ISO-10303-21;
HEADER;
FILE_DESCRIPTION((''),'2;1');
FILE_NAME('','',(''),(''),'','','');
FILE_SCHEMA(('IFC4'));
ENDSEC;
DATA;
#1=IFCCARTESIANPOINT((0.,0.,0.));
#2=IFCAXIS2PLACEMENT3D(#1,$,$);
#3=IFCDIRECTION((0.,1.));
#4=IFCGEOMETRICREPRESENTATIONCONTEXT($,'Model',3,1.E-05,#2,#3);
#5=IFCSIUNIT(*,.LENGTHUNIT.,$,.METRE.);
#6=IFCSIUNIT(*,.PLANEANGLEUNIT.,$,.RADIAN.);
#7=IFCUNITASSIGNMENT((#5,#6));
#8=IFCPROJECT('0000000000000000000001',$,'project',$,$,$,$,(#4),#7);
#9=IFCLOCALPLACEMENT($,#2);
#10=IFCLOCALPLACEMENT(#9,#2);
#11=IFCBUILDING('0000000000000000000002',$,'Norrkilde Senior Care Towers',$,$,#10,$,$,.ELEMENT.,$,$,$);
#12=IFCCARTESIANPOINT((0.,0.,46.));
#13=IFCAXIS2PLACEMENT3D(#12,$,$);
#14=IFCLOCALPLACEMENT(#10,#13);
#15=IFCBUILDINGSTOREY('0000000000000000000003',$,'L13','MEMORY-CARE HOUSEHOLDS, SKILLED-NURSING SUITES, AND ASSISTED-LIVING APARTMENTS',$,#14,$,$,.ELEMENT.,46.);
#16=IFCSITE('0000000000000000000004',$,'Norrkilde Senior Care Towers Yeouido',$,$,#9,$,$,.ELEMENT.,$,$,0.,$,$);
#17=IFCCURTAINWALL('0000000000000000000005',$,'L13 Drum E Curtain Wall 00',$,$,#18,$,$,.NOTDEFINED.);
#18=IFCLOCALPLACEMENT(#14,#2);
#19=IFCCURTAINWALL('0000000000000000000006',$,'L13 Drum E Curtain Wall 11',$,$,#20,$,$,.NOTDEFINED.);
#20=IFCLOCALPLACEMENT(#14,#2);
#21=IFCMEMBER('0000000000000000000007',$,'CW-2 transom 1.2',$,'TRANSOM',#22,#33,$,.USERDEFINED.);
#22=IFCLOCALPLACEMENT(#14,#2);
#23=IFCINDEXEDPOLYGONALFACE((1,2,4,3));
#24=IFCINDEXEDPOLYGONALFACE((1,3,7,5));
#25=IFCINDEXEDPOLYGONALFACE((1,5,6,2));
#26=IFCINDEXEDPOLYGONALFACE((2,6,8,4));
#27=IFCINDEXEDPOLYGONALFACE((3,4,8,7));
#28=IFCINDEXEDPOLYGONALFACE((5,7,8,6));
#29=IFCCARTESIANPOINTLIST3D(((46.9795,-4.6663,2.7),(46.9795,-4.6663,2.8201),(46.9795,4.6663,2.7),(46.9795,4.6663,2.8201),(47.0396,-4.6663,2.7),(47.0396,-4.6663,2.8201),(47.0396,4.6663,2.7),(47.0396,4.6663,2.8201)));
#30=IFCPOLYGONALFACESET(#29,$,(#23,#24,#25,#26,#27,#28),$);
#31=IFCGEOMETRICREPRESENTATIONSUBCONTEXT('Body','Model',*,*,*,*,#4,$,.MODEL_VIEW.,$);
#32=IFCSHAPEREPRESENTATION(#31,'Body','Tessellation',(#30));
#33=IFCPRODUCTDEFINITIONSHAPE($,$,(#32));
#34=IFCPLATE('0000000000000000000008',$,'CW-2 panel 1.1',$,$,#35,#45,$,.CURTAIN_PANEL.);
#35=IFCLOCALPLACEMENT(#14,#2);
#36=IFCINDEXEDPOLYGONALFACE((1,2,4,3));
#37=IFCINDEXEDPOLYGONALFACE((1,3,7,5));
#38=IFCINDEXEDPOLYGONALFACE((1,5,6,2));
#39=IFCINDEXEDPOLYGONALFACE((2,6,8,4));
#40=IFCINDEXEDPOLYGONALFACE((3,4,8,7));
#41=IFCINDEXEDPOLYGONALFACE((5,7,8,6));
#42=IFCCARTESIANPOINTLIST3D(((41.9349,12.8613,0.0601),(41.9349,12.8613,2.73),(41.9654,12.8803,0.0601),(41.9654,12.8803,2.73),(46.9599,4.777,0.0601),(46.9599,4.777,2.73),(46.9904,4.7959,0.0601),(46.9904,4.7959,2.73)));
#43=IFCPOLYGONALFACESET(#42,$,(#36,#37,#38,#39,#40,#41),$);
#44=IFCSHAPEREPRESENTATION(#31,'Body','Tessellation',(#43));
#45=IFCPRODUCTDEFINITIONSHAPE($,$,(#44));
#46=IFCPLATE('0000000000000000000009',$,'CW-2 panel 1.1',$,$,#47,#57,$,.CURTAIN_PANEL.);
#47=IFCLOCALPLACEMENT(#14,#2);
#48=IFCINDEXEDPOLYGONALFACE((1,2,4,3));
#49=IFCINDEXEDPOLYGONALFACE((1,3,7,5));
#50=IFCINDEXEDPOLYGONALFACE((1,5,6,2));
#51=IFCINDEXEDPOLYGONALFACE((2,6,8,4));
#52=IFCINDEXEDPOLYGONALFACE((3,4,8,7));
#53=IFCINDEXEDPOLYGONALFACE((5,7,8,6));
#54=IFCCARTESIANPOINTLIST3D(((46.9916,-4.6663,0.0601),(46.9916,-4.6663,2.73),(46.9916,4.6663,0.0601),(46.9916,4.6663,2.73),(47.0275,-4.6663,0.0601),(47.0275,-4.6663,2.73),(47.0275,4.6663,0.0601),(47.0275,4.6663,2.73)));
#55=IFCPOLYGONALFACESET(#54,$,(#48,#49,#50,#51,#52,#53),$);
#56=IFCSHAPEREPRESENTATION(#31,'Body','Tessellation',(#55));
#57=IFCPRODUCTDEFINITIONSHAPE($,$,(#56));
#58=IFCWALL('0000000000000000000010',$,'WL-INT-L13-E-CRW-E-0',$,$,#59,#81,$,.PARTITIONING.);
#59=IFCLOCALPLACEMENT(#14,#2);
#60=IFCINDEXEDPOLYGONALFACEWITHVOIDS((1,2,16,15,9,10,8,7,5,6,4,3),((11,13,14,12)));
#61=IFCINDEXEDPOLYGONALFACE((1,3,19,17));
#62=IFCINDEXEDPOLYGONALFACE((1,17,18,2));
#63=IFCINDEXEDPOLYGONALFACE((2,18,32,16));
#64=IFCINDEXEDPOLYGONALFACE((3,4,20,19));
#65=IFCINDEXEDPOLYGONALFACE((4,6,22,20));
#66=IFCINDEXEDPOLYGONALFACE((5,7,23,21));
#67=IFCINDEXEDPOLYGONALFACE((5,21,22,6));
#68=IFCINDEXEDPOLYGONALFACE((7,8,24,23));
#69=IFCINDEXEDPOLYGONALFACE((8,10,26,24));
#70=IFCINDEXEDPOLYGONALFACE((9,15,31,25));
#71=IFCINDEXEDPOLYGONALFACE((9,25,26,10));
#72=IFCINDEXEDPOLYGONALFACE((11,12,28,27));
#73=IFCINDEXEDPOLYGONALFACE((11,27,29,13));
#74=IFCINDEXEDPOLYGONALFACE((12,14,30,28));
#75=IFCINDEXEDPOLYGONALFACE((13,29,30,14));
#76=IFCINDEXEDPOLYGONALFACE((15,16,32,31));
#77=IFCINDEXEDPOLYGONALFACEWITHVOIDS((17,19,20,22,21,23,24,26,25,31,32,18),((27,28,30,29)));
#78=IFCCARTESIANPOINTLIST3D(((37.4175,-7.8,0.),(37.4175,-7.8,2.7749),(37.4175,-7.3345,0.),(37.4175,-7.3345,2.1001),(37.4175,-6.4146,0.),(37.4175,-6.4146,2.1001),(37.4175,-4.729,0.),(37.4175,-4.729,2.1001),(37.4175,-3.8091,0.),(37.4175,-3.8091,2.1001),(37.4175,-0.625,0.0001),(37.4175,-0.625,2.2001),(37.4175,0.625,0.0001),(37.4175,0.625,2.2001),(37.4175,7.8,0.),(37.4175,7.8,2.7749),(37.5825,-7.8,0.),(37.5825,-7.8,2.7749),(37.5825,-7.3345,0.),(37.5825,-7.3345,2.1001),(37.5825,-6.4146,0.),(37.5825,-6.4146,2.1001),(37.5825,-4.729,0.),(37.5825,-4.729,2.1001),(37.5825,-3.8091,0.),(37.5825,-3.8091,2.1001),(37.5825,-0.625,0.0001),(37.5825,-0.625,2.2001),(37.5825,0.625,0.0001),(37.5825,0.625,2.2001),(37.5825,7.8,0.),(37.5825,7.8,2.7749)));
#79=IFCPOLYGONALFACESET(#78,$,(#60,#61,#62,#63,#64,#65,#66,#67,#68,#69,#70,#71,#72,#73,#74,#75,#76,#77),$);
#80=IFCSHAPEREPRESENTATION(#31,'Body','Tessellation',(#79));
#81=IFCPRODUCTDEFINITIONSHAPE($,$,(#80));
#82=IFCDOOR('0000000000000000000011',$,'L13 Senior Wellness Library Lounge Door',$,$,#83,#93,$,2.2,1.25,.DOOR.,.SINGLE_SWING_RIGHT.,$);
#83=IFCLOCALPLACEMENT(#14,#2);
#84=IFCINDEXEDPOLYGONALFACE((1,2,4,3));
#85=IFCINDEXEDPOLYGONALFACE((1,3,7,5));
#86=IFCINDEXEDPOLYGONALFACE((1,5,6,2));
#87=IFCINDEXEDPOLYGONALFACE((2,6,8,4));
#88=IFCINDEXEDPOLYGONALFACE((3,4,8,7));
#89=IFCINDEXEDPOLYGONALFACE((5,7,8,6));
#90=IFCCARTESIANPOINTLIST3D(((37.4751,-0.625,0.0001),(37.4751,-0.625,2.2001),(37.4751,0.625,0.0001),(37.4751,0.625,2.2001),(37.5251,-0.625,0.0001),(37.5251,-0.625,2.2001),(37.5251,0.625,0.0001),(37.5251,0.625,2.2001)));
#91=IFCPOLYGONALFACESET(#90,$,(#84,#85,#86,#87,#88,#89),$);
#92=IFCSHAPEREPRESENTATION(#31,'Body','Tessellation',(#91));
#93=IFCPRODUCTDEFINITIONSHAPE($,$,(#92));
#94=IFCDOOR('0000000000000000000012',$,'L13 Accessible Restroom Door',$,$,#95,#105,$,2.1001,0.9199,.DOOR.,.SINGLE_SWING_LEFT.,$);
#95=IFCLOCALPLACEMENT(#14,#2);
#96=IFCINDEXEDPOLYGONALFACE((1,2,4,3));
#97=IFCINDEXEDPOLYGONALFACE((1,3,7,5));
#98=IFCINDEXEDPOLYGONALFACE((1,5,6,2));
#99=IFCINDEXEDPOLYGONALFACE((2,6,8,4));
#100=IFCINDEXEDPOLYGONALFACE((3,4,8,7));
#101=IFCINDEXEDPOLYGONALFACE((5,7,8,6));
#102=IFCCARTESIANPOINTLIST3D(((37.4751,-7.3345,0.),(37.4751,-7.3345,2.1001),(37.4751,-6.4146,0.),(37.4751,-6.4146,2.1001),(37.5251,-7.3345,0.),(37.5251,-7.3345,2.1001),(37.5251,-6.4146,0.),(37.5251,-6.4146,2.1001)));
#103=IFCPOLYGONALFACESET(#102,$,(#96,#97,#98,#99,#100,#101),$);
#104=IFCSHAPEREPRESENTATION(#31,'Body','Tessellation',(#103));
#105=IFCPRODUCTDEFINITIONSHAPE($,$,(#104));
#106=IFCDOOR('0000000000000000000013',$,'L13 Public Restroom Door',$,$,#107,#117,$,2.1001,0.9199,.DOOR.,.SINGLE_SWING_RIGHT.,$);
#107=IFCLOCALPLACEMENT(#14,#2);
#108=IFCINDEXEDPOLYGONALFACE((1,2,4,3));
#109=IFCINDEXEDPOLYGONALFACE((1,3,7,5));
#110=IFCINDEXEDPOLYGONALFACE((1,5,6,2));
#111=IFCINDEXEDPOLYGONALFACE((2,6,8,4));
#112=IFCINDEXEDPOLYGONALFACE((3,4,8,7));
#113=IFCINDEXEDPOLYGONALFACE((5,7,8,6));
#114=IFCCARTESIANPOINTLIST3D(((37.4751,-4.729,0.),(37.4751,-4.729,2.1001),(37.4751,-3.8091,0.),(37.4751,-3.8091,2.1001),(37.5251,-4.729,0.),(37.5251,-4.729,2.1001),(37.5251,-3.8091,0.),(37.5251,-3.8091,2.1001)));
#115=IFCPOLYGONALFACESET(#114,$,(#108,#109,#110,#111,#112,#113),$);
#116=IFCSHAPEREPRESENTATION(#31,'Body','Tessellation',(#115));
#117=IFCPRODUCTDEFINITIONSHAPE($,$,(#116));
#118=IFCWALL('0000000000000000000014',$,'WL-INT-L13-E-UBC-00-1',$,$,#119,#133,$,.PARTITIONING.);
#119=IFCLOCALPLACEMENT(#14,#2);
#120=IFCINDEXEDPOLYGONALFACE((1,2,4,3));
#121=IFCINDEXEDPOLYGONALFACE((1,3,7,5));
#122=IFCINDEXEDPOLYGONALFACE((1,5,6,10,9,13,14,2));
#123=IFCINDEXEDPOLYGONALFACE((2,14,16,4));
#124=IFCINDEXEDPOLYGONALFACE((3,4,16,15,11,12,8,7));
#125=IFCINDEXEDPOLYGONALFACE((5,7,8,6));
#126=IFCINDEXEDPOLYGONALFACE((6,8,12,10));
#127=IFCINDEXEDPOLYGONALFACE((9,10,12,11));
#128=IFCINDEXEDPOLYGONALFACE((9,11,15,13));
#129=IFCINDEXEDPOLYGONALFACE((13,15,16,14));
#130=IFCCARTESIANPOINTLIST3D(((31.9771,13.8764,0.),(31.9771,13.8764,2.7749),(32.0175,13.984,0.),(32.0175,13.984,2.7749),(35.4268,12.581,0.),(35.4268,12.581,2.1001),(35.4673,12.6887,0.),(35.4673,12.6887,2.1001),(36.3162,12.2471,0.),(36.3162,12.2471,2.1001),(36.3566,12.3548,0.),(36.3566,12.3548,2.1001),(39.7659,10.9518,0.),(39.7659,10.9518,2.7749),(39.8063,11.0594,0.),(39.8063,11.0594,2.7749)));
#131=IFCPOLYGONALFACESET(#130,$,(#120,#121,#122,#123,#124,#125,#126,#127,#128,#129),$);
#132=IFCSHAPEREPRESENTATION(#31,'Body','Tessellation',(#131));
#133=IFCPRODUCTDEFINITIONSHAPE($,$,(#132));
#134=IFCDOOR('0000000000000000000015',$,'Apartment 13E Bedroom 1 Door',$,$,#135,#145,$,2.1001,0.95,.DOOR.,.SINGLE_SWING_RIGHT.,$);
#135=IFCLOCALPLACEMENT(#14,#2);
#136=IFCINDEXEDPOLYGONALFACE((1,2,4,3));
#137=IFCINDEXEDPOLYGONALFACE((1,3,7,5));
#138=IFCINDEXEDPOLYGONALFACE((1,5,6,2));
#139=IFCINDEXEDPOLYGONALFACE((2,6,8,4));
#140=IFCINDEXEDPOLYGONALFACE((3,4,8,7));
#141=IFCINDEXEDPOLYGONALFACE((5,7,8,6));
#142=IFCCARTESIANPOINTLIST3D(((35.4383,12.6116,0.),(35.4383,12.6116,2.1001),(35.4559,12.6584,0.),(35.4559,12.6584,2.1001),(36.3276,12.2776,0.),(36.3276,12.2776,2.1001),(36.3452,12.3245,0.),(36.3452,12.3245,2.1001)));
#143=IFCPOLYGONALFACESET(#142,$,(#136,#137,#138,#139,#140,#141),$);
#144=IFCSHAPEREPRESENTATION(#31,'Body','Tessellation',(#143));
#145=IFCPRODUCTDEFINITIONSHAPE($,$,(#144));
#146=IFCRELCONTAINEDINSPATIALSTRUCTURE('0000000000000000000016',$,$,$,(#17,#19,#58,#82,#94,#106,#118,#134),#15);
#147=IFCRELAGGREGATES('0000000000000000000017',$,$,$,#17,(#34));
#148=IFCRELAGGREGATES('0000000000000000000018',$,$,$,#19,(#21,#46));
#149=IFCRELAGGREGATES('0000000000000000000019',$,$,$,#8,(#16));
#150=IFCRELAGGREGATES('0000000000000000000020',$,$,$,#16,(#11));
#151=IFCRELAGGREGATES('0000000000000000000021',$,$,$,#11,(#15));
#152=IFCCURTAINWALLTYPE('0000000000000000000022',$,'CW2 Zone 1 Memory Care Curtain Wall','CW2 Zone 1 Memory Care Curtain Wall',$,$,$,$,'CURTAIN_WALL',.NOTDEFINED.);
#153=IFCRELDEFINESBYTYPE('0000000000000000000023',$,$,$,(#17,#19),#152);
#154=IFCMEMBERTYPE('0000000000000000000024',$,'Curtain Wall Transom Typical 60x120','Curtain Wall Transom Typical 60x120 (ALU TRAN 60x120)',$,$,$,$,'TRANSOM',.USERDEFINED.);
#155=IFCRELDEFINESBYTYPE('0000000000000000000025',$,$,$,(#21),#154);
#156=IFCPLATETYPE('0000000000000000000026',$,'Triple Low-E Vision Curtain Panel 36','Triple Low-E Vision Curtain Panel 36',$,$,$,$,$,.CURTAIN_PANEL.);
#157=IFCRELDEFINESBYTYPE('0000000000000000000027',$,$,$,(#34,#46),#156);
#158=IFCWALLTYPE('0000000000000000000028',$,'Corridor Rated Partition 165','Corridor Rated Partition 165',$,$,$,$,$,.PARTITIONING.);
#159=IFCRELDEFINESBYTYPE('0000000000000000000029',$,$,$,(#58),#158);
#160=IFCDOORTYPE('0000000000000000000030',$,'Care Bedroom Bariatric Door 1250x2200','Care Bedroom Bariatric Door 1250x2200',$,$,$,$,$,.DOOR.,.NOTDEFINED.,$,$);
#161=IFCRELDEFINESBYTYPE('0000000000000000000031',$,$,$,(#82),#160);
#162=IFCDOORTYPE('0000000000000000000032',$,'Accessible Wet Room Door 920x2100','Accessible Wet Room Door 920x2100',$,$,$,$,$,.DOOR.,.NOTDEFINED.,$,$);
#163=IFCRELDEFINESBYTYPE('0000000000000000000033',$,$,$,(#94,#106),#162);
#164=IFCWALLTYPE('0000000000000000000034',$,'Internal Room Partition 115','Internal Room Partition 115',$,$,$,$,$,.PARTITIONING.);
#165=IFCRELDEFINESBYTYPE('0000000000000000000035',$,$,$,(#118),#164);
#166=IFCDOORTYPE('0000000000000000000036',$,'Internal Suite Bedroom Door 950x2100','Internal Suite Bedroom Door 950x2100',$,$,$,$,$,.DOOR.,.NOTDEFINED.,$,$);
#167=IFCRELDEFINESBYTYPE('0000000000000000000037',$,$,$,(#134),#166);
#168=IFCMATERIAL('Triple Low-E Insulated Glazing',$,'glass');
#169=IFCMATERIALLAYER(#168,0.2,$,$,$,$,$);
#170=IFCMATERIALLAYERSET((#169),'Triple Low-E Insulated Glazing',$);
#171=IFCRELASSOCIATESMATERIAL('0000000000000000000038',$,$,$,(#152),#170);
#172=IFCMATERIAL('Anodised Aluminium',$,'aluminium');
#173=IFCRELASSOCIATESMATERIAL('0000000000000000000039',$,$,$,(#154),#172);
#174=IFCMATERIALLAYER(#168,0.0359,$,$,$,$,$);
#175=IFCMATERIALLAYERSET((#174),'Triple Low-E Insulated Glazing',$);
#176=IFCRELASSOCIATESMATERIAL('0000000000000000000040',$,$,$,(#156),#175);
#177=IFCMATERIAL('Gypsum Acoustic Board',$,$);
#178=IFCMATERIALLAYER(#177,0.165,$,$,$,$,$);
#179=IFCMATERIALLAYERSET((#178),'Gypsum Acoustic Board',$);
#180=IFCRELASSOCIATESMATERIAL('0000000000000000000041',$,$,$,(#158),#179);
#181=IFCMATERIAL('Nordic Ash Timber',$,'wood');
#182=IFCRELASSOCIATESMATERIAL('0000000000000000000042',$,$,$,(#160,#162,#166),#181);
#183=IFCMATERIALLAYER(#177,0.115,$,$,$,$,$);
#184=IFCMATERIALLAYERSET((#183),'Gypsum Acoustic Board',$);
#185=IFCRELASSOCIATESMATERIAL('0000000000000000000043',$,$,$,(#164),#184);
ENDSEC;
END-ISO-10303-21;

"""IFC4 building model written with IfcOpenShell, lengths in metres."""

from ifc_helpers import new_model, si_unit, direction, frame, frame_2d, origin, origin_2d, place, context, subcontext, project, spatial, rectangle, extrude, source, transform, mapped, material, layer, layer_set, material_profile, profile_set, type_object, type_shapes, element, fill, aggregate, save


model = new_model("IFC4")

# Units and contexts
model_context = context("Model", 3, precision=1e-05, world=origin(), true_north=direction((0.0, 1.0)))
body_context = subcontext(model_context, "Body", "Model", "MODEL_VIEW")
ifc_project = project(units=[si_unit("LENGTHUNIT", "METRE"), si_unit("PLANEANGLEUNIT", "RADIAN")], contexts=[model_context])

# Site, building, storey
site_placement = place(None, origin())
site = spatial("IfcSite", under=ifc_project, at=site_placement, Name="Norrkilde Senior Care Towers Yeouido", CompositionType="ELEMENT", RefElevation=0.0)
building_placement = place(site_placement, origin())
building = spatial("IfcBuilding", under=site, at=building_placement, Name="Norrkilde Senior Care Towers", CompositionType="ELEMENT")
storey_placement = place(building_placement, frame((0.0, 0.0, 46.0)))
storey = spatial("IfcBuildingStorey", under=building, at=storey_placement, Name="L13", Description="MEMORY-CARE HOUSEHOLDS, SKILLED-NURSING SUITES, AND ASSISTED-LIVING APARTMENTS", CompositionType="ELEMENT", Elevation=46.0)

# Curtain wall
ifc_material_1 = material(Name="Triple Low-E Insulated Glazing", Category="glass")
ifc_layer_1 = layer(ifc_material_1, 0.2)
ifc_layer_set_1 = layer_set([ifc_layer_1], Name="Triple Low-E Insulated Glazing")
curtain_wall_type = type_object("IfcCurtainWallType", Name="CW2 Zone 1 Memory Care Curtain Wall", Description="CW2 Zone 1 Memory Care Curtain Wall", ElementType="CURTAIN_WALL", PredefinedType="NOTDEFINED", material=ifc_layer_set_1)
curtain_wall_1_placement = place(storey_placement, origin())
curtain_wall_1 = element("IfcCurtainWall", 1, at=curtain_wall_1_placement, inside=storey, type_object=curtain_wall_type, Name="L13 Drum E Curtain Wall 00", PredefinedType="NOTDEFINED")
ifc_material_2 = material(Name="Anodised Aluminium", Category="aluminium")

# Curtain wall
curtain_wall_2_placement = place(storey_placement, origin())
curtain_wall_2 = element("IfcCurtainWall", 2, at=curtain_wall_2_placement, inside=storey, type_object=curtain_wall_type, Name="L13 Drum E Curtain Wall 11", PredefinedType="NOTDEFINED")

# Member
ifc_material_profile_1 = material_profile(ifc_material_2, rectangle(XDim=0.0601, YDim=0.1201, at=origin_2d()), Name="ALU TRAN 60x120")
ifc_profile_set_1 = profile_set([ifc_material_profile_1], Name="Anodised Aluminium")
member_type_1 = type_object("IfcMemberType", Name="Curtain Wall Transom Typical 60x120", Description="Curtain Wall Transom Typical 60x120 (ALU TRAN 60x120)", ElementType="TRANSOM", PredefinedType="USERDEFINED", material=ifc_profile_set_1)
shared_shape_1 = source(origin(), body_context, "Body", "SweptSolid", [
    extrude(rectangle(XDim=0.0601, YDim=0.1201, at=origin_2d()), origin(), (0.0, 0.0, 1.0), 9.3325),
])
member_1_placement = place(storey_placement, frame((47.0095, 4.6663, 2.76), z_axis=(0.0, -1.0, 0.0), x_axis=(1.0, 0.0, 0.0)))
member_1 = element("IfcMember", 3, at=member_1_placement, type_object=member_type_1, Name="CW-2 transom 1.2", ObjectType="TRANSOM", PredefinedType="USERDEFINED", context=body_context, shape_type="MappedRepresentation", body=[
    mapped(shared_shape_1, transform((0.0, 0.0, 0.0), x_axis=(1.0, 0.0, 0.0), y_axis=(0.0, 1.0, 0.0), z_axis=(0.0, 0.0, 1.0), scale=1.0)),
])

# Plates
ifc_layer_2 = layer(ifc_material_1, 0.0359)
ifc_layer_set_2 = layer_set([ifc_layer_2], Name="Triple Low-E Insulated Glazing")
plate_type = type_object("IfcPlateType", Name="Triple Low-E Vision Curtain Panel 36", Description="Triple Low-E Vision Curtain Panel 36", PredefinedType="CURTAIN_PANEL", material=ifc_layer_set_2)
shared_shape_2 = source(origin(), body_context, "Body", "SweptSolid", [
    extrude(rectangle(XDim=9.5188, YDim=0.0359, at=origin_2d()), origin(), (0.0, 0.0, 1.0), 2.6699),
])
plate_1_placement = place(storey_placement, frame((44.4626, 8.8286, 0.0601), z_axis=(0.0, 0.0, 1.0), x_axis=(0.527901, -0.849306, 0.0)))
plate_1 = element("IfcPlate", 4, at=plate_1_placement, type_object=plate_type, Name="CW-2 panel 1.1", PredefinedType="CURTAIN_PANEL", context=body_context, shape_type="MappedRepresentation", body=[
    mapped(shared_shape_2, transform((0.0, 0.0, 0.0), x_axis=(1.0, 0.0, 0.0), y_axis=(0.0, 1.0, 0.0), z_axis=(0.0, 0.0, 1.0), scale=1.0)),
])
aggregate(curtain_wall_1, [plate_1])
shared_shape_3 = source(origin(), body_context, "Body", "SweptSolid", [
    extrude(rectangle(XDim=9.3325, YDim=0.0359, at=origin_2d()), origin(), (0.0, 0.0, 1.0), 2.6699),
])
type_shapes(plate_type, [shared_shape_2, shared_shape_3])
plate_2_placement = place(storey_placement, frame((47.0095, 0.0, 0.0601), z_axis=(0.0, 0.0, 1.0), x_axis=(0.0, -1.0, 0.0)))
plate_2 = element("IfcPlate", 5, at=plate_2_placement, type_object=plate_type, Name="CW-2 panel 1.1", PredefinedType="CURTAIN_PANEL", context=body_context, shape_type="MappedRepresentation", body=[
    mapped(shared_shape_3, transform((0.0, 0.0, 0.0), x_axis=(1.0, 0.0, 0.0), y_axis=(0.0, 1.0, 0.0), z_axis=(0.0, 0.0, 1.0), scale=1.0)),
])
aggregate(curtain_wall_2, [member_1, plate_2])

# Wall, openings, doors
ifc_material_3 = material(Name="Gypsum Acoustic Board")
ifc_layer_3 = layer(ifc_material_3, 0.165)
ifc_layer_set_3 = layer_set([ifc_layer_3], Name="Gypsum Acoustic Board")
wall_type_1 = type_object("IfcWallType", Name="Corridor Rated Partition 165", Description="Corridor Rated Partition 165", PredefinedType="PARTITIONING", material=ifc_layer_set_3)
shared_shape_4 = source(origin(), body_context, "Body", "SweptSolid", [
    extrude(rectangle(XDim=15.6001, YDim=0.165, at=frame_2d((7.8, 0.0))), origin(), (0.0, 0.0, 1.0), 2.7749),
])
type_shapes(wall_type_1, [shared_shape_4])
wall_1_placement = place(storey_placement, frame((37.5, 7.8, 0.0), z_axis=(0.0, 0.0, 1.0), x_axis=(0.0, -1.0, 0.0)))
wall_1 = element("IfcWall", 6, at=wall_1_placement, inside=storey, type_object=wall_type_1, Name="WL-INT-L13-E-CRW-E-0", PredefinedType="PARTITIONING", context=body_context, shape_type="MappedRepresentation", body=[
    mapped(shared_shape_4, transform((0.0, 0.0, 0.0), x_axis=(1.0, 0.0, 0.0), y_axis=(0.0, 1.0, 0.0), z_axis=(0.0, 0.0, 1.0), scale=1.0)),
])
opening_1_placement = place(wall_1_placement, frame((14.2146, 0.0, 0.0)))
opening_1 = element("IfcOpeningElement", 7, at=opening_1_placement, cuts=wall_1, PredefinedType="OPENING", context=body_context, shape_type="SweptSolid", body=[
    extrude(rectangle(XDim=0.9199, YDim=2.1001, at=frame_2d((0.46, 1.05))), frame((0.0, 0.0925, 0.0), z_axis=(0.0, -1.0, 0.0), x_axis=(1.0, 0.0, 0.0)), (0.0, 0.0, 1.0), 0.1851),
])
opening_2_placement = place(wall_1_placement, frame((11.6091, 0.0, 0.0)))
opening_2 = element("IfcOpeningElement", 8, at=opening_2_placement, cuts=wall_1, PredefinedType="OPENING", context=body_context, shape_type="SweptSolid", body=[
    extrude(rectangle(XDim=0.9199, YDim=2.1001, at=frame_2d((0.46, 1.05))), frame((0.0, 0.0925, 0.0), z_axis=(0.0, -1.0, 0.0), x_axis=(1.0, 0.0, 0.0)), (0.0, 0.0, 1.0), 0.1851),
])
opening_3_placement = place(wall_1_placement, frame((7.175, 0.0, 0.0)))
opening_3 = element("IfcOpeningElement", 9, at=opening_3_placement, cuts=wall_1, PredefinedType="OPENING", context=body_context, shape_type="SweptSolid", body=[
    extrude(rectangle(XDim=1.25, YDim=2.2, at=frame_2d((0.625, 1.1001))), frame((0.0, 0.0925, 0.0), z_axis=(0.0, -1.0, 0.0), x_axis=(1.0, 0.0, 0.0)), (0.0, 0.0, 1.0), 0.1851),
])
ifc_material_4 = material(Name="Nordic Ash Timber", Category="wood")
door_type_1 = type_object("IfcDoorType", Name="Care Bedroom Bariatric Door 1250x2200", Description="Care Bedroom Bariatric Door 1250x2200", OperationType="NOTDEFINED", PredefinedType="DOOR", material=ifc_material_4)
shared_shape_5 = source(origin(), body_context, "Body", "SweptSolid", [
    extrude(rectangle(XDim=1.25, YDim=2.2, at=frame_2d((0.625, 1.1001))), frame((0.0, 0.0249, 0.0), z_axis=(0.0, -1.0, 0.0), x_axis=(1.0, 0.0, 0.0)), (0.0, 0.0, 1.0), 0.05),
])
type_shapes(door_type_1, [shared_shape_5])
door_1_placement = place(opening_3_placement, frame((1.25, 0.0, 0.0), z_axis=(0.0, 0.0, 1.0), x_axis=(-1.0, 0.0, 0.0)))
door_1 = element("IfcDoor", 10, at=door_1_placement, inside=storey, type_object=door_type_1, Name="L13 Senior Wellness Library Lounge Door", OperationType="SINGLE_SWING_RIGHT", OverallHeight=2.2, OverallWidth=1.25, PredefinedType="DOOR", context=body_context, shape_type="MappedRepresentation", body=[
    mapped(shared_shape_5, transform((0.0, 0.0, 0.0), x_axis=(1.0, 0.0, 0.0), y_axis=(0.0, 1.0, 0.0), z_axis=(0.0, 0.0, 1.0), scale=1.0)),
])
fill(opening_3, door_1)
door_type_2 = type_object("IfcDoorType", Name="Accessible Wet Room Door 920x2100", Description="Accessible Wet Room Door 920x2100", OperationType="NOTDEFINED", PredefinedType="DOOR", material=ifc_material_4)
shared_shape_6 = source(origin(), body_context, "Body", "SweptSolid", [
    extrude(rectangle(XDim=0.9199, YDim=2.1001, at=frame_2d((0.46, 1.05))), frame((0.0, 0.0249, 0.0), z_axis=(0.0, -1.0, 0.0), x_axis=(1.0, 0.0, 0.0)), (0.0, 0.0, 1.0), 0.05),
])
type_shapes(door_type_2, [shared_shape_6])
door_2_placement = place(opening_1_placement, frame((0.9199, 0.0, 0.0), z_axis=(0.0, 0.0, 1.0), x_axis=(-1.0, 0.0, 0.0)))
door_2 = element("IfcDoor", 11, at=door_2_placement, inside=storey, type_object=door_type_2, Name="L13 Accessible Restroom Door", OperationType="SINGLE_SWING_LEFT", OverallHeight=2.1001, OverallWidth=0.9199, PredefinedType="DOOR", context=body_context, shape_type="MappedRepresentation", body=[
    mapped(shared_shape_6, transform((0.0, 0.0, 0.0), x_axis=(1.0, 0.0, 0.0), y_axis=(0.0, 1.0, 0.0), z_axis=(0.0, 0.0, 1.0), scale=1.0)),
])
fill(opening_1, door_2)
door_3_placement = place(opening_2_placement, frame((0.9199, 0.0, 0.0), z_axis=(0.0, 0.0, 1.0), x_axis=(-1.0, 0.0, 0.0)))
door_3 = element("IfcDoor", 12, at=door_3_placement, inside=storey, type_object=door_type_2, Name="L13 Public Restroom Door", OperationType="SINGLE_SWING_RIGHT", OverallHeight=2.1001, OverallWidth=0.9199, PredefinedType="DOOR", context=body_context, shape_type="MappedRepresentation", body=[
    mapped(shared_shape_6, transform((0.0, 0.0, 0.0), x_axis=(1.0, 0.0, 0.0), y_axis=(0.0, 1.0, 0.0), z_axis=(0.0, 0.0, 1.0), scale=1.0)),
])
fill(opening_2, door_3)

# Wall, opening, door
ifc_layer_4 = layer(ifc_material_3, 0.115)
ifc_layer_set_4 = layer_set([ifc_layer_4], Name="Gypsum Acoustic Board")
wall_type_2 = type_object("IfcWallType", Name="Internal Room Partition 115", Description="Internal Room Partition 115", PredefinedType="PARTITIONING", material=ifc_layer_set_4)
shared_shape_7 = source(origin(), body_context, "Body", "SweptSolid", [
    extrude(rectangle(XDim=8.3198, YDim=0.115, at=frame_2d((4.1599, 0.0))), origin(), (0.0, 0.0, 1.0), 2.7749),
])
wall_2_placement = place(storey_placement, frame((39.7861, 11.0056, 0.0), z_axis=(0.0, 0.0, 1.0), x_axis=(-0.936181, 0.351519, 0.0)))
wall_2 = element("IfcWall", 13, at=wall_2_placement, inside=storey, type_object=wall_type_2, Name="WL-INT-L13-E-UBC-00-1", PredefinedType="PARTITIONING", context=body_context, shape_type="MappedRepresentation", body=[
    mapped(shared_shape_7, transform((0.0, 0.0, 0.0), x_axis=(1.0, 0.0, 0.0), y_axis=(0.0, 1.0, 0.0), z_axis=(0.0, 0.0, 1.0), scale=1.0)),
])
opening_4_placement = place(wall_2_placement, frame((3.6848, 0.0, 0.0)))
opening_4 = element("IfcOpeningElement", 14, at=opening_4_placement, cuts=wall_2, PredefinedType="OPENING", context=body_context, shape_type="SweptSolid", body=[
    extrude(rectangle(XDim=0.95, YDim=2.1001, at=frame_2d((0.4751, 1.05))), frame((0.0, 0.0674, 0.0), z_axis=(0.0, -1.0, 0.0), x_axis=(1.0, 0.0, 0.0)), (0.0, 0.0, 1.0), 0.135),
])
door_type_3 = type_object("IfcDoorType", Name="Internal Suite Bedroom Door 950x2100", Description="Internal Suite Bedroom Door 950x2100", OperationType="NOTDEFINED", PredefinedType="DOOR", material=ifc_material_4)
shared_shape_8 = source(origin(), body_context, "Body", "SweptSolid", [
    extrude(rectangle(XDim=0.95, YDim=2.1001, at=frame_2d((0.4751, 1.05))), frame((0.0, 0.0249, 0.0), z_axis=(0.0, -1.0, 0.0), x_axis=(1.0, 0.0, 0.0)), (0.0, 0.0, 1.0), 0.05),
])
type_shapes(door_type_3, [shared_shape_8])
door_4_placement = place(opening_4_placement, origin())
door_4 = element("IfcDoor", 15, at=door_4_placement, inside=storey, type_object=door_type_3, Name="Apartment 13E Bedroom 1 Door", OperationType="SINGLE_SWING_RIGHT", OverallHeight=2.1001, OverallWidth=0.95, PredefinedType="DOOR", context=body_context, shape_type="MappedRepresentation", body=[
    mapped(shared_shape_8, transform((0.0, 0.0, 0.0), x_axis=(1.0, 0.0, 0.0), y_axis=(0.0, 1.0, 0.0), z_axis=(0.0, 0.0, 1.0), scale=1.0)),
])
fill(opening_4, door_4)

save(model, "model.ifc")
